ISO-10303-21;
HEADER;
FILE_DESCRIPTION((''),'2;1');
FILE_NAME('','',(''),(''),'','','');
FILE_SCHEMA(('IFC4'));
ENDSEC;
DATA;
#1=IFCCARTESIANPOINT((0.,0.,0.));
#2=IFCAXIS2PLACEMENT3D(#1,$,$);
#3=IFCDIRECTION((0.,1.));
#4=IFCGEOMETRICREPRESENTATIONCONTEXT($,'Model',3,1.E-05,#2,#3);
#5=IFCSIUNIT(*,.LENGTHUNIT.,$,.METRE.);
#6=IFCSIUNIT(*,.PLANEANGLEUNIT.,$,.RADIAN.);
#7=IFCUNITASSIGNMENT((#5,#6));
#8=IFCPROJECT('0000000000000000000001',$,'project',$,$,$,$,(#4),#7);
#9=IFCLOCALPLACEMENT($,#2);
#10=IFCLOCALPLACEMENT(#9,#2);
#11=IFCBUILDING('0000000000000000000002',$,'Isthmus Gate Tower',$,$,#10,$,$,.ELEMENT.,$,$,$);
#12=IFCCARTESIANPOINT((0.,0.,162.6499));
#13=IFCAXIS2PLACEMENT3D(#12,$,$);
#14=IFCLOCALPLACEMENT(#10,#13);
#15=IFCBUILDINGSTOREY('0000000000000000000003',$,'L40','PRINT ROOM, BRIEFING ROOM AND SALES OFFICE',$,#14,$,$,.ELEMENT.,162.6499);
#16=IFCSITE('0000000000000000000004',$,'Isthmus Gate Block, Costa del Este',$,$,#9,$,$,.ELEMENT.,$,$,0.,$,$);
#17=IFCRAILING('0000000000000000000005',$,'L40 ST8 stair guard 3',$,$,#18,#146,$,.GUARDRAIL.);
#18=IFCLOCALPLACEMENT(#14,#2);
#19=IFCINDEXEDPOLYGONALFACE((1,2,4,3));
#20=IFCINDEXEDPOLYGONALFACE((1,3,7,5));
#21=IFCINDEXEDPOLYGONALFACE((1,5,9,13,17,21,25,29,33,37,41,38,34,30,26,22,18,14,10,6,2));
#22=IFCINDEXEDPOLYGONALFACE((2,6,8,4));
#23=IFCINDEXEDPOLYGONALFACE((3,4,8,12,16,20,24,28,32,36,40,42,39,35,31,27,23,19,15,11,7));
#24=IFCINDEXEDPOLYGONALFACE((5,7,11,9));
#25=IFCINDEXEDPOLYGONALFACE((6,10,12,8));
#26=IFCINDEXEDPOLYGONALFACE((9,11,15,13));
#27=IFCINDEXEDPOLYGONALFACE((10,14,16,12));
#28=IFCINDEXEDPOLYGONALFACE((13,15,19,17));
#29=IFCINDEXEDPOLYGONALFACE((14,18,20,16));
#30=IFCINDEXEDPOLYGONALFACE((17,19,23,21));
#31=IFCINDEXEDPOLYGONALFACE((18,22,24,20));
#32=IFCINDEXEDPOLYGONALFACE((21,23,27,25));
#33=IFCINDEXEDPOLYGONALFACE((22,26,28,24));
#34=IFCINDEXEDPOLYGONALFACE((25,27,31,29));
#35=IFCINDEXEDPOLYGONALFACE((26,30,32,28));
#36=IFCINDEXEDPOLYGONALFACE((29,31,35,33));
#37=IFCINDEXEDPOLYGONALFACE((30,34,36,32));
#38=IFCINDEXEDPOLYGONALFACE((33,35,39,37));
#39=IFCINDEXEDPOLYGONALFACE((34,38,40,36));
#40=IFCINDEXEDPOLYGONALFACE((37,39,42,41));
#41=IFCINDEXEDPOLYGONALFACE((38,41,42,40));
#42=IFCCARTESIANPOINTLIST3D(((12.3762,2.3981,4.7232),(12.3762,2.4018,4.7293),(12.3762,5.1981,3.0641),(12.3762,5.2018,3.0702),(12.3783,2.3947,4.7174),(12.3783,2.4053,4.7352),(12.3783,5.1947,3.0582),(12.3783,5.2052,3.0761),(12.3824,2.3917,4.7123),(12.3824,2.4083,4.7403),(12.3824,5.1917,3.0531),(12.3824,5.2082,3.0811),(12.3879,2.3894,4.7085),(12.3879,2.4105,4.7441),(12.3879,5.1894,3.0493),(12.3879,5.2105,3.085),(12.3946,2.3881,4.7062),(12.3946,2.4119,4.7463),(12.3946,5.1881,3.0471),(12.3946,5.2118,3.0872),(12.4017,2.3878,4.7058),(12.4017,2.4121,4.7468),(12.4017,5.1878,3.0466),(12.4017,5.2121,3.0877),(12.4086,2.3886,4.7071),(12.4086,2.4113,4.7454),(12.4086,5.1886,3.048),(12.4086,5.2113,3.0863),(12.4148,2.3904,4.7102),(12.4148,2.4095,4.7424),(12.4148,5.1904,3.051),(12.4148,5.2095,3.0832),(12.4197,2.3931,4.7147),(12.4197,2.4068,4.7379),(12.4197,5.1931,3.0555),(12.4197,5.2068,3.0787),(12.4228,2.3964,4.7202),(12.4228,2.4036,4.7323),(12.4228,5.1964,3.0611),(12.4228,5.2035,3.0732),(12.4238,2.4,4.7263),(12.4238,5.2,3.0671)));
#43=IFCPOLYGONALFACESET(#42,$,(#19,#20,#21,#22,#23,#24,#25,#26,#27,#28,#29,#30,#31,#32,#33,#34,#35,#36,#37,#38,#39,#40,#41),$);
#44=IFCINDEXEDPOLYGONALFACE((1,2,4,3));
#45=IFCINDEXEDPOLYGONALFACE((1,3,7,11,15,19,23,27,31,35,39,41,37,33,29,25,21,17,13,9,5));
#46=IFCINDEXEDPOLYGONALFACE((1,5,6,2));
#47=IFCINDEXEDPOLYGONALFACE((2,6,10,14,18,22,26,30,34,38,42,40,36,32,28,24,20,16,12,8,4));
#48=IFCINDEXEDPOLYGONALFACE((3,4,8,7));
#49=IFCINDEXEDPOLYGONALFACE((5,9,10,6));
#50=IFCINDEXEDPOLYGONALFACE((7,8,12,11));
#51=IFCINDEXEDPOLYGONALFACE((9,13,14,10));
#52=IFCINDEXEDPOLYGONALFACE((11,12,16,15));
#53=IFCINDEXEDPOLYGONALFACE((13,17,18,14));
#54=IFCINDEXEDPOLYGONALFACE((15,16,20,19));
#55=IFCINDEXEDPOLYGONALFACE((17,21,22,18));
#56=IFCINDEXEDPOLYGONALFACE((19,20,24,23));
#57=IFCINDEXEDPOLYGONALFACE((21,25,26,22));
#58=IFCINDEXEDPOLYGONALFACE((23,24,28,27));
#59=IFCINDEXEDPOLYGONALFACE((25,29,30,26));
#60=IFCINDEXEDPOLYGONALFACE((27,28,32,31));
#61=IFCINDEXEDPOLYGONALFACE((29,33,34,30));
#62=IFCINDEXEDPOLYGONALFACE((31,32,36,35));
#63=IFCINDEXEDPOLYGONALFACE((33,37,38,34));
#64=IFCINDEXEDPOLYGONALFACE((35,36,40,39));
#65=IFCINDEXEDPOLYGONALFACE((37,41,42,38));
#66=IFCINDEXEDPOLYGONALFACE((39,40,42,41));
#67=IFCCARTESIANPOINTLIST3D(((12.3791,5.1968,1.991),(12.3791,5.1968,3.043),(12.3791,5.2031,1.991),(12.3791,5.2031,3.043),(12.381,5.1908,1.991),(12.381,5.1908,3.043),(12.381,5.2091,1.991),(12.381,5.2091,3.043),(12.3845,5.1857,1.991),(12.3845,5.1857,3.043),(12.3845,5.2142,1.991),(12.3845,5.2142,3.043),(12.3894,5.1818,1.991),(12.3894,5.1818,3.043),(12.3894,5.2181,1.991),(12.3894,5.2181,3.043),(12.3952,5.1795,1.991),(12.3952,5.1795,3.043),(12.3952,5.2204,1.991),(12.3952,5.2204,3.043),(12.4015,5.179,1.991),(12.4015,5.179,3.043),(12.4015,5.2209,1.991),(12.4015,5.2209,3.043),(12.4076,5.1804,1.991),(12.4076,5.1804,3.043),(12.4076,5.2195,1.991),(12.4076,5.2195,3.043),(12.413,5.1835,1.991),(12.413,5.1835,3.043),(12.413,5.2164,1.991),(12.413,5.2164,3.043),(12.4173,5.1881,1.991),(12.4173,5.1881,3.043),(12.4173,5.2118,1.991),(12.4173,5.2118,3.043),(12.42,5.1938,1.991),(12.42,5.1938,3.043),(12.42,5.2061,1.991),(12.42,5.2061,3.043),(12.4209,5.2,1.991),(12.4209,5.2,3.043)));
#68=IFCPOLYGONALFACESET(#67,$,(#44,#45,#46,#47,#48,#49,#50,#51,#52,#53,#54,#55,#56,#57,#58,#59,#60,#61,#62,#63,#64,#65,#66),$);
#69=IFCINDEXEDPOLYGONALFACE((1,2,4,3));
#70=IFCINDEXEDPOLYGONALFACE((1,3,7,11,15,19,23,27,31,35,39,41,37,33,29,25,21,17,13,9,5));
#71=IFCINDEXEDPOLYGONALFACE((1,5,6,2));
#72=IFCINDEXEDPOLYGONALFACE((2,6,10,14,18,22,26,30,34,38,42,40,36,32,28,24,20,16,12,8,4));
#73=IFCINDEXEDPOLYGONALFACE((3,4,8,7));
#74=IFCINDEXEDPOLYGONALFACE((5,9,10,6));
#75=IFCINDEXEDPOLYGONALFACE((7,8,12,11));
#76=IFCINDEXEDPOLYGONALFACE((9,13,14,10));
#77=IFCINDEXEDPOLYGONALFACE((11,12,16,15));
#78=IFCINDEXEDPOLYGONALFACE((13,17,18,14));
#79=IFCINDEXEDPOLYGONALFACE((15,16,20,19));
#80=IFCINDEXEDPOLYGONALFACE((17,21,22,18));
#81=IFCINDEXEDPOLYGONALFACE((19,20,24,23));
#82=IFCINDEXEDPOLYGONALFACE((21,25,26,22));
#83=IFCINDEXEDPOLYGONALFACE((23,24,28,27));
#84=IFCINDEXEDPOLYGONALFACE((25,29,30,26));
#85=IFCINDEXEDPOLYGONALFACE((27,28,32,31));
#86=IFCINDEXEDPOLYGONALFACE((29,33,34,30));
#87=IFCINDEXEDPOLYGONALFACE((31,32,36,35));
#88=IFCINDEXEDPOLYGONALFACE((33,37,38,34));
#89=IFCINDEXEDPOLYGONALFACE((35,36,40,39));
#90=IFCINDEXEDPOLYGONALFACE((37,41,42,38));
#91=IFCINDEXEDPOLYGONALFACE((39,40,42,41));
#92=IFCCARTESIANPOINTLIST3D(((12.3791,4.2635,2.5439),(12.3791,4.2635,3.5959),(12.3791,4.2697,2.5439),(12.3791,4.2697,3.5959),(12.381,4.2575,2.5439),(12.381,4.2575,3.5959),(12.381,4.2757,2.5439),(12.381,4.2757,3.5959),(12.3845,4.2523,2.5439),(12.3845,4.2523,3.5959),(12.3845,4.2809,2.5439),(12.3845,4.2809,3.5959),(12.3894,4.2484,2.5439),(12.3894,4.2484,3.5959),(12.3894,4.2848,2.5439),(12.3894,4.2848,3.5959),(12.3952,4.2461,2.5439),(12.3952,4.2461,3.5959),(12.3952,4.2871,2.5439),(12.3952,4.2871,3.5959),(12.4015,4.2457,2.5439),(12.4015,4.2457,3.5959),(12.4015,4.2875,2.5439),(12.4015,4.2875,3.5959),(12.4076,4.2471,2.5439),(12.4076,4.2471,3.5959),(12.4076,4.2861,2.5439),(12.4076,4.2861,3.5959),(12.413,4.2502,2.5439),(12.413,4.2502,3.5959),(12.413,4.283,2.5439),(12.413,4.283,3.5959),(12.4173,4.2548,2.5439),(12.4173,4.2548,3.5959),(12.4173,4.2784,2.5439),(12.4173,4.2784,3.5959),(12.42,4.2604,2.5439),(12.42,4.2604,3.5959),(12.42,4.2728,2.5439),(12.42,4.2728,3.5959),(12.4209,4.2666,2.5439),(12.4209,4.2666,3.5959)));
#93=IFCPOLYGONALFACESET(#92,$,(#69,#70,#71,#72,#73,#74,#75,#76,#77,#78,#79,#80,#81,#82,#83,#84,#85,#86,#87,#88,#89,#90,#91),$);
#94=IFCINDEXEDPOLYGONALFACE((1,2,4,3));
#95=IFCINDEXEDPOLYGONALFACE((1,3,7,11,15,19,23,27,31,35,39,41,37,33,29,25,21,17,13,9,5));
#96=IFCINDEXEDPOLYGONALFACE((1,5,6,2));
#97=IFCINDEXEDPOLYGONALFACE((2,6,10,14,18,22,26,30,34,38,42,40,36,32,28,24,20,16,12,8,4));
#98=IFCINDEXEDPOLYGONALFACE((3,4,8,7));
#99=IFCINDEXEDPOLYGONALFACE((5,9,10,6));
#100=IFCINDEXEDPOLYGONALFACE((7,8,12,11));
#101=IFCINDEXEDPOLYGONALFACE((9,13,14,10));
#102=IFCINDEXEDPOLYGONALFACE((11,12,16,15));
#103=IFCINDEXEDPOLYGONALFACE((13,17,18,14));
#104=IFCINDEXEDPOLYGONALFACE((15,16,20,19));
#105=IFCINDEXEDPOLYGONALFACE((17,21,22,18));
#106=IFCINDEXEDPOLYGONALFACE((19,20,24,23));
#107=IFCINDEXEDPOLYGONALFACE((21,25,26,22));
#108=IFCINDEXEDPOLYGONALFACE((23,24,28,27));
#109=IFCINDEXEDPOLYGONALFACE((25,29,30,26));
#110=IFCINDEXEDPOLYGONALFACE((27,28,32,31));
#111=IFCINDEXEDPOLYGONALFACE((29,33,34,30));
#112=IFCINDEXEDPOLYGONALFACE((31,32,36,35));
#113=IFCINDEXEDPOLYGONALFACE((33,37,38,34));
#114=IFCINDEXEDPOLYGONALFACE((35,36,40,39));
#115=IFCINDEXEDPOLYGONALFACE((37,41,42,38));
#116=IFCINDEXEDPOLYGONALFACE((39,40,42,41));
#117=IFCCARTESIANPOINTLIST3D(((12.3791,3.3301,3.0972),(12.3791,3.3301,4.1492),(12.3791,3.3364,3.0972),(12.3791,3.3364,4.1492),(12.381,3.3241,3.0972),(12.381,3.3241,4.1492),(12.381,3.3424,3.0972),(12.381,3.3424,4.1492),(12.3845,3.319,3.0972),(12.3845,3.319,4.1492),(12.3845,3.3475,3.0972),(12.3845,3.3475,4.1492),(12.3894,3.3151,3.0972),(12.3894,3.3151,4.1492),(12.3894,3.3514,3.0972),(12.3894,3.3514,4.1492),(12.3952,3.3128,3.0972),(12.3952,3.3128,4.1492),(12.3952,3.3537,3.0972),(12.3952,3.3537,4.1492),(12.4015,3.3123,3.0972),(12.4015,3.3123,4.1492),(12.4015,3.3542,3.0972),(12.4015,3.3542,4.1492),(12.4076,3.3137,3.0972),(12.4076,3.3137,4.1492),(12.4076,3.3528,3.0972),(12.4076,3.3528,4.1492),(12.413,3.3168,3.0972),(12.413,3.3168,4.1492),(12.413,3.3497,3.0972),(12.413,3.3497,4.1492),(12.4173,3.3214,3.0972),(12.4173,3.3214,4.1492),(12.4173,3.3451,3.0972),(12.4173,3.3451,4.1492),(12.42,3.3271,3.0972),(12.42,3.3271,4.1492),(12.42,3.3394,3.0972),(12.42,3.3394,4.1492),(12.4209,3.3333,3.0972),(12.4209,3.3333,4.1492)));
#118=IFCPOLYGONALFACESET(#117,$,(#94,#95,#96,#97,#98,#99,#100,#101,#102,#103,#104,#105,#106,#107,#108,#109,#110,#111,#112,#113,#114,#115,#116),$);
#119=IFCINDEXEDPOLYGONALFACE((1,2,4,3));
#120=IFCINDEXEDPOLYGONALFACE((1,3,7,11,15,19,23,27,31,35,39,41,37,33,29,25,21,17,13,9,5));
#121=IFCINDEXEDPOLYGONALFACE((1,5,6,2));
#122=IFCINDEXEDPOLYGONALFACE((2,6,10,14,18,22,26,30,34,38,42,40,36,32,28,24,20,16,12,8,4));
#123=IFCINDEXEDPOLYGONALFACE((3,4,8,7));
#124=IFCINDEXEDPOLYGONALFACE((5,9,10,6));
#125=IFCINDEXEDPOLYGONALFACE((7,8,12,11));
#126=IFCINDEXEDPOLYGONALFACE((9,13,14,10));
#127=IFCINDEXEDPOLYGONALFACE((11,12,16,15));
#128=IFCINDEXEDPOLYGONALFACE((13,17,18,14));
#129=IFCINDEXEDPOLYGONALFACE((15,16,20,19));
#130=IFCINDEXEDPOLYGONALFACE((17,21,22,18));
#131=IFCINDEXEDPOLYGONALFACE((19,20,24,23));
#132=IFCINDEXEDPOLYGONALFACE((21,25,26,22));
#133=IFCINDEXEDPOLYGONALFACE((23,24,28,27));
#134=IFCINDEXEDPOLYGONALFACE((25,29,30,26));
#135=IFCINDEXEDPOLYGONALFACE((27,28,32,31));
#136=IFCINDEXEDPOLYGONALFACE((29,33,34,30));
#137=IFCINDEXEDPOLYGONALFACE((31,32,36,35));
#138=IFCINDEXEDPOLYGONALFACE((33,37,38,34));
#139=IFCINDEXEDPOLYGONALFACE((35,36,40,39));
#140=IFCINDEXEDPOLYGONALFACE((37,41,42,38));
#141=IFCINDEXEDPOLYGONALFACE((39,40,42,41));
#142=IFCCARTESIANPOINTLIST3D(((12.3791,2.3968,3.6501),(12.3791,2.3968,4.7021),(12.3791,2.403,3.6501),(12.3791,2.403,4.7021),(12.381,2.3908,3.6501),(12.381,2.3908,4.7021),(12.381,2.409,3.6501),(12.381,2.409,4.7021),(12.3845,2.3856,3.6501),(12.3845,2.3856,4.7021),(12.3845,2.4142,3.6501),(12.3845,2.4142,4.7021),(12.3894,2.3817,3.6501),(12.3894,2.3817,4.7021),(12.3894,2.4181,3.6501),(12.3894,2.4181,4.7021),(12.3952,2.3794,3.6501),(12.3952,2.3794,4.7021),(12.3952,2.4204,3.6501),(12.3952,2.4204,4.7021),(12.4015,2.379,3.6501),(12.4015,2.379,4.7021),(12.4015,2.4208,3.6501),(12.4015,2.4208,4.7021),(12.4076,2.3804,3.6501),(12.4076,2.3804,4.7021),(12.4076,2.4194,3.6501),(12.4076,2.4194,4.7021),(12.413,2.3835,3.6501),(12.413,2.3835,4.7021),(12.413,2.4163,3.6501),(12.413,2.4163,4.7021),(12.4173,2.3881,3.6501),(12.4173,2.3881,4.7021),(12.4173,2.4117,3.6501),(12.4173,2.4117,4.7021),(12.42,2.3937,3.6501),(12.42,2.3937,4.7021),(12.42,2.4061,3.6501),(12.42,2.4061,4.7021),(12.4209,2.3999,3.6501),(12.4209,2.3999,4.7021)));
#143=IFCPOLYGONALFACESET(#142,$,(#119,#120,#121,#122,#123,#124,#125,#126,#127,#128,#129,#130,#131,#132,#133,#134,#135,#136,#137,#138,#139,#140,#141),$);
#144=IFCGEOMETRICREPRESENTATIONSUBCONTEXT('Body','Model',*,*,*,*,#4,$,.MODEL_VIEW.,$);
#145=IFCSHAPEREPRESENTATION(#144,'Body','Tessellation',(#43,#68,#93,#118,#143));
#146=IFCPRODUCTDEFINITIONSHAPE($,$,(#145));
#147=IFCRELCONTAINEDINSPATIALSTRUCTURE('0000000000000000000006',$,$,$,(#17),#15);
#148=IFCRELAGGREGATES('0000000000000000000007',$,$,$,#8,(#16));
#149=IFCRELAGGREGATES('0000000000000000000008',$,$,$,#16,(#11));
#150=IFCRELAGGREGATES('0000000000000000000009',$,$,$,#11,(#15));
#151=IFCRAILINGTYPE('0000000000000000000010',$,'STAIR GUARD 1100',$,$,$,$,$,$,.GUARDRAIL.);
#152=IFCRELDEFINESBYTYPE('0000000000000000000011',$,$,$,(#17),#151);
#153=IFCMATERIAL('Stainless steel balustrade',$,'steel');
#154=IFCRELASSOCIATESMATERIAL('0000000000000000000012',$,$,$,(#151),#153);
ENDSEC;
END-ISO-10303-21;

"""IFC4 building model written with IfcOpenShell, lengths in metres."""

from ifc_helpers import new_model, si_unit, direction, frame, origin, origin_2d, place, context, subcontext, project, spatial, circle, extrude, material, type_object, element, save


model = new_model("IFC4")

# Units and contexts
model_context = context("Model", 3, precision=1e-05, world=origin(), true_north=direction((0.0, 1.0)))
body_context = subcontext(model_context, "Body", "Model", "MODEL_VIEW")
ifc_project = project(units=[si_unit("LENGTHUNIT", "METRE"), si_unit("PLANEANGLEUNIT", "RADIAN")], contexts=[model_context])

# Site, building, storey
site_placement = place(None, origin())
site = spatial("IfcSite", under=ifc_project, at=site_placement, Name="Isthmus Gate Block, Costa del Este", CompositionType="ELEMENT", RefElevation=0.0)
building_placement = place(site_placement, origin())
building = spatial("IfcBuilding", under=site, at=building_placement, Name="Isthmus Gate Tower", CompositionType="ELEMENT")
storey_placement = place(building_placement, frame((0.0, 0.0, 162.6499)))
storey = spatial("IfcBuildingStorey", under=building, at=storey_placement, Name="L40", Description="PRINT ROOM, BRIEFING ROOM AND SALES OFFICE", CompositionType="ELEMENT", Elevation=162.6499)

# Railing
ifc_material_1 = material(Name="Stainless steel balustrade", Category="steel")
railing_type_1 = type_object("IfcRailingType", Name="STAIR GUARD 1100", PredefinedType="GUARDRAIL", material=ifc_material_1)
railing_1_placement = place(storey_placement, frame((12.3999, 5.2, 1.991)))
element("IfcRailing", 1, at=railing_1_placement, inside=storey, type_object=railing_type_1, Name="L40 ST8 stair guard 3", PredefinedType="GUARDRAIL", context=body_context, shape_type="SweptSolid", body=[
    extrude(circle(Radius=0.0239, at=origin_2d()), frame((0.0, 0.0, 1.0762), z_axis=(0.0, -0.860306, 0.509778), x_axis=(1.0, 0.0, 0.0)), (0.0, 0.0, 1.0), 3.2546),
    extrude(circle(Radius=0.021, at=origin_2d()), origin(), (0.0, 0.0, 1.0), 1.052),
    extrude(circle(Radius=0.021, at=origin_2d()), frame((0.0, -0.9333, 0.553)), (0.0, 0.0, 1.0), 1.052),
    extrude(circle(Radius=0.021, at=origin_2d()), frame((0.0, -1.8667, 1.1062)), (0.0, 0.0, 1.0), 1.052),
    extrude(circle(Radius=0.021, at=origin_2d()), frame((0.0, -2.8, 1.6592)), (0.0, 0.0, 1.0), 1.052),
])

save(model, "model.ifc")
